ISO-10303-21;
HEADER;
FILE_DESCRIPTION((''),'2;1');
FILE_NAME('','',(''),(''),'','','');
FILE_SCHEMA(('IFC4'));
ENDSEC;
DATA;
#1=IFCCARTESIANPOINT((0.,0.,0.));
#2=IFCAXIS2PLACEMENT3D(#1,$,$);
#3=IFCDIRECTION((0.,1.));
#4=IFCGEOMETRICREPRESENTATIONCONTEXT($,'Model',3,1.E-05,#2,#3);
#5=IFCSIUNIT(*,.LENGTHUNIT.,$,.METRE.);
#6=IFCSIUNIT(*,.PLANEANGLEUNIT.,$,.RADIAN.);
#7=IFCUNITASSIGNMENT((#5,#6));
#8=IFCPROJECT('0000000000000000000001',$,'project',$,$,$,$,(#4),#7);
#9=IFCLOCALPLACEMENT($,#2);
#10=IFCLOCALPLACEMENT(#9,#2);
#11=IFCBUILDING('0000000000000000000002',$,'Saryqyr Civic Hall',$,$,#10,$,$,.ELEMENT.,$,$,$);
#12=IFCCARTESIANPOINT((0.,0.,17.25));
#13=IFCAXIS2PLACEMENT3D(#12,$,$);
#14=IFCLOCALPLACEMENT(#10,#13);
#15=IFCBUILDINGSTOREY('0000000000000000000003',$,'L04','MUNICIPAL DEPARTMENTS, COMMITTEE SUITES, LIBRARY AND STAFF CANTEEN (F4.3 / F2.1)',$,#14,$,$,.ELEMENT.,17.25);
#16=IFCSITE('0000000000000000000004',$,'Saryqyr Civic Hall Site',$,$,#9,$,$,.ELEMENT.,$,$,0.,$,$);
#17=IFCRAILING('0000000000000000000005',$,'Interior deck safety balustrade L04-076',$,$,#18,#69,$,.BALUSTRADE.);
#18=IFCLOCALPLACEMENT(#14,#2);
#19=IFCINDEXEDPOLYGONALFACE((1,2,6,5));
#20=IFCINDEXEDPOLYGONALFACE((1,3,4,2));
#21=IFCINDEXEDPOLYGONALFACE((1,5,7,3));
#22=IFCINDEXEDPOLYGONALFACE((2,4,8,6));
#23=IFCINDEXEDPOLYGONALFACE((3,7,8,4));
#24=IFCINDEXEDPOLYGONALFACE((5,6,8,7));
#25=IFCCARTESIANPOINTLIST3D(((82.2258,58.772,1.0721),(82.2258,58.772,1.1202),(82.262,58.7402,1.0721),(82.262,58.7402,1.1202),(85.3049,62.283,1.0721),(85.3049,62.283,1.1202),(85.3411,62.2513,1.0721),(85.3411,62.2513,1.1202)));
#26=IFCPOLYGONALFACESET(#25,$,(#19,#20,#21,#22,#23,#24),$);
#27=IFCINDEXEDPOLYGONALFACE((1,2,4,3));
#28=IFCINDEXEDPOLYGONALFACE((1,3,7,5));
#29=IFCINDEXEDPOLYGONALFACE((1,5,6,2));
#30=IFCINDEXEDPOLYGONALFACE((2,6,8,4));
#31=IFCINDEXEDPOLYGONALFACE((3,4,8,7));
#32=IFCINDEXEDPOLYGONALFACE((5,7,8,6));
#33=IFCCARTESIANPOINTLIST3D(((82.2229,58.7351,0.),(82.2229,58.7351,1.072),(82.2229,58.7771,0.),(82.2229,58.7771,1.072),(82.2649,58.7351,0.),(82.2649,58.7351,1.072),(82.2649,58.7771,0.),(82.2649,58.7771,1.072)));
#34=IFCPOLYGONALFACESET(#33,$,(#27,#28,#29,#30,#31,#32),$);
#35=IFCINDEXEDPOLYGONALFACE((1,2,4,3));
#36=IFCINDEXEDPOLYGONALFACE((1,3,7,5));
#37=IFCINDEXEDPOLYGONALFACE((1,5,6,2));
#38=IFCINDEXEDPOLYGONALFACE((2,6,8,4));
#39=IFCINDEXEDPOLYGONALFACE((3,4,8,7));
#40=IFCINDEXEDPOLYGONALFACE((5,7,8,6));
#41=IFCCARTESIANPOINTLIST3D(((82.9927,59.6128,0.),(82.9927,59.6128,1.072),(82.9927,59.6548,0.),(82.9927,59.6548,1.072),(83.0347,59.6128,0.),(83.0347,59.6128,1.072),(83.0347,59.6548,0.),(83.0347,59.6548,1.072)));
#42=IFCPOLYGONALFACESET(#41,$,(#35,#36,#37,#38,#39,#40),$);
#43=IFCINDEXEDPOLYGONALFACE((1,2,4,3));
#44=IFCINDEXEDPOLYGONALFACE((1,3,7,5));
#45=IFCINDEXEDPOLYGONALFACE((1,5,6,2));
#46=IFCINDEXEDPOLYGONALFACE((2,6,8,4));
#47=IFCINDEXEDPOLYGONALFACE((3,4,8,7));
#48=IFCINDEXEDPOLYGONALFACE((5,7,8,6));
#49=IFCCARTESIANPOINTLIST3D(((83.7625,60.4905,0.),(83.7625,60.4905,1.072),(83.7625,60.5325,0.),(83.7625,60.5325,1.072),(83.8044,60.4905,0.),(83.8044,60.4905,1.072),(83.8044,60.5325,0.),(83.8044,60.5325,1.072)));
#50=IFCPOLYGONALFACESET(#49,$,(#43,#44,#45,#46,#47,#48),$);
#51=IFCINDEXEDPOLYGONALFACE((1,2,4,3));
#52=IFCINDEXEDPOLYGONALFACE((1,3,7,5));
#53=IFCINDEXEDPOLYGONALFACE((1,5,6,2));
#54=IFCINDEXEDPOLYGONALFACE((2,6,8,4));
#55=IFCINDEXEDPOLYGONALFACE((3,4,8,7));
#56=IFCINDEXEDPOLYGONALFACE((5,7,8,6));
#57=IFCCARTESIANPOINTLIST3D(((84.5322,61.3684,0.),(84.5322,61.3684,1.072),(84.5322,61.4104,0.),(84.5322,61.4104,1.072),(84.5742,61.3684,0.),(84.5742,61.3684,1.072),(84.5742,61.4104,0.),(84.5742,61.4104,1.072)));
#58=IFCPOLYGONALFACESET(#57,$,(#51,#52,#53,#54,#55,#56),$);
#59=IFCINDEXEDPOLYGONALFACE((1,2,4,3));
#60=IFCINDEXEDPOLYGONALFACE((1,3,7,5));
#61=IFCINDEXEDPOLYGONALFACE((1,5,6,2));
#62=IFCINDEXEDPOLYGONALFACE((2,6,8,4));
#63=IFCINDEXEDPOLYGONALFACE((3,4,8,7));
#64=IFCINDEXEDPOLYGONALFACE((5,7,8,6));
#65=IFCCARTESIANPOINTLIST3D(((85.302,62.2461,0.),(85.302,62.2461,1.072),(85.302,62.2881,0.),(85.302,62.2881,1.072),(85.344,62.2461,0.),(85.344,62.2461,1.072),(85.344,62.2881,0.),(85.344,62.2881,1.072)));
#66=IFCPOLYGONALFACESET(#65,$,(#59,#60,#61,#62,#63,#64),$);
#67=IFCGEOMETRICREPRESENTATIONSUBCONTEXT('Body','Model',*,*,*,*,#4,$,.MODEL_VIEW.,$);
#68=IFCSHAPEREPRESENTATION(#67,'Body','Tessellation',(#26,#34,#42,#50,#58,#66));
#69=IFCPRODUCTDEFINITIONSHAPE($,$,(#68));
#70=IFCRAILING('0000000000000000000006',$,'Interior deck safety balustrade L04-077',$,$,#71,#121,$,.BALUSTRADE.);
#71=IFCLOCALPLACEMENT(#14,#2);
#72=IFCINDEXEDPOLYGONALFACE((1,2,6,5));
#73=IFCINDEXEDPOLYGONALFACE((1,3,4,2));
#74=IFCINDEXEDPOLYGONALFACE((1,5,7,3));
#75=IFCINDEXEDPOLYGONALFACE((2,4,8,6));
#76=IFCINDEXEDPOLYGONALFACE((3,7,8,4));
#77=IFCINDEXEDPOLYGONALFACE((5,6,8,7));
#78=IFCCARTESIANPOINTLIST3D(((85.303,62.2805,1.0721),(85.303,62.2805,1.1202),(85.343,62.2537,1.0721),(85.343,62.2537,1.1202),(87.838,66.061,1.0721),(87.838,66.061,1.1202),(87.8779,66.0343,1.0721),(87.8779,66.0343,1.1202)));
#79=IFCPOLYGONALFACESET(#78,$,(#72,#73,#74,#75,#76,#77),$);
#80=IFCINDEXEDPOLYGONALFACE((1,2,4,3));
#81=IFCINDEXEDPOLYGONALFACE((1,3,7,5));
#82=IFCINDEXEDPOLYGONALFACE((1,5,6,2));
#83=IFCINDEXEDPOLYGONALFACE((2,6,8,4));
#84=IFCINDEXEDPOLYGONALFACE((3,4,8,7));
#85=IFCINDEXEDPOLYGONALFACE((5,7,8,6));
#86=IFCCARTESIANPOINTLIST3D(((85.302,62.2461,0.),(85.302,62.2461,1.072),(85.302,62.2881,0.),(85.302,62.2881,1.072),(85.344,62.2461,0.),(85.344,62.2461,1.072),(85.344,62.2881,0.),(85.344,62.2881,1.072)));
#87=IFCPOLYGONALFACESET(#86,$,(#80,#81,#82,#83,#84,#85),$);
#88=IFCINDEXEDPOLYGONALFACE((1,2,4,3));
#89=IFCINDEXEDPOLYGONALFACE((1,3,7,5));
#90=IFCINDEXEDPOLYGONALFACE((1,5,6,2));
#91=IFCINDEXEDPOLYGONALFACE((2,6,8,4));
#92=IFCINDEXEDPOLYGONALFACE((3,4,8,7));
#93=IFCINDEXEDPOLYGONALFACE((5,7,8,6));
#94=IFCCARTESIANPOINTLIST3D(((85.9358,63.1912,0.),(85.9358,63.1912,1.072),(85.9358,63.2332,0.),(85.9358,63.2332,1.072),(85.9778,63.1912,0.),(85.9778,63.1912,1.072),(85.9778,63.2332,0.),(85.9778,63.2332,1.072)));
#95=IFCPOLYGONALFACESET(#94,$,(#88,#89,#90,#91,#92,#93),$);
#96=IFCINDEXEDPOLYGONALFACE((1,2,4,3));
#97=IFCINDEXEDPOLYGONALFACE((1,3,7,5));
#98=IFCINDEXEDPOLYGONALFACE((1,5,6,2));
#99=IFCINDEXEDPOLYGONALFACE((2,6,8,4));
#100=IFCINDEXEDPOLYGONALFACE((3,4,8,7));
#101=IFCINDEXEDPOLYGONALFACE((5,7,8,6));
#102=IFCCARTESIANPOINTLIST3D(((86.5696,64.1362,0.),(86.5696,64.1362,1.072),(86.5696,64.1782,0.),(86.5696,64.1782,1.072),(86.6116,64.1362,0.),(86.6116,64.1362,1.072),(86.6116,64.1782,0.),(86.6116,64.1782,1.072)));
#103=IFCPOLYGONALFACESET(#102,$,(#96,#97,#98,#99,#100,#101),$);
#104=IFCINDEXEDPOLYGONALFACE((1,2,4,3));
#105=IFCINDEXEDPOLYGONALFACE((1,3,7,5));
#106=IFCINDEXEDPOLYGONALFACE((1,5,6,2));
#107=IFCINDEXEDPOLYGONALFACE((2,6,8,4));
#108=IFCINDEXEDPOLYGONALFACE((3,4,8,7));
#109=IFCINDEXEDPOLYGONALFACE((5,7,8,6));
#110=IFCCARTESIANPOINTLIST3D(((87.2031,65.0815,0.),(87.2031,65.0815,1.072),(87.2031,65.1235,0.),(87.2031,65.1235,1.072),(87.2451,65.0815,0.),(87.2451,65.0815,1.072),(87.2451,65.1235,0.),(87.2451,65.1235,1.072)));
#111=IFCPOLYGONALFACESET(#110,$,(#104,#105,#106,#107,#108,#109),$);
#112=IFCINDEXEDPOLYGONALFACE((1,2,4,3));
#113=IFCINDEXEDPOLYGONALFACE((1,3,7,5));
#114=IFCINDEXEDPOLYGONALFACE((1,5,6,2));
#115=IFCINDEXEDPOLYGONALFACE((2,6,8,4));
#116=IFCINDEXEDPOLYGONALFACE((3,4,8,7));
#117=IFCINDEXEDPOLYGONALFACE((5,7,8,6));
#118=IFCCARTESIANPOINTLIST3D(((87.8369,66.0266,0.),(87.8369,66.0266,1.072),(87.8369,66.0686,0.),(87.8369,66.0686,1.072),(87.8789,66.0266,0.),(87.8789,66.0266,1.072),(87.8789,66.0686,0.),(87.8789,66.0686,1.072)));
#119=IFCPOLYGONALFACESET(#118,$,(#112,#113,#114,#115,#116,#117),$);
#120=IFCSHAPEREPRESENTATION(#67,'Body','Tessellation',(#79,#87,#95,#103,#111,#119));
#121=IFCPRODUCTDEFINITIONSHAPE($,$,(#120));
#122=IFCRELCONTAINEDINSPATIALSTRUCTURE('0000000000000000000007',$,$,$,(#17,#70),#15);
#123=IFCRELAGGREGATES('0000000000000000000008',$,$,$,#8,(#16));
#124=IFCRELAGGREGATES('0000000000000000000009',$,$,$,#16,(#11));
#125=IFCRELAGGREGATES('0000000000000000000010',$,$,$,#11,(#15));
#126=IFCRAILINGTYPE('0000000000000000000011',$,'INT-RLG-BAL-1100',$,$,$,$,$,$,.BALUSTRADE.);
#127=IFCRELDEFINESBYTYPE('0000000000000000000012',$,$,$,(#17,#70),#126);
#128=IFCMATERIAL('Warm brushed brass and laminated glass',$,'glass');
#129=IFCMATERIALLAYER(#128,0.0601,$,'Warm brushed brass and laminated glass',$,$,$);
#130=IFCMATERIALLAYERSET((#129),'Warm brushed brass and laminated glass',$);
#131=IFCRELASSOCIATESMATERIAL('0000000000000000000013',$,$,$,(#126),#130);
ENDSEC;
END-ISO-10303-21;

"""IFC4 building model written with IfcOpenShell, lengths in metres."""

from ifc_helpers import new_model, si_unit, direction, frame, origin, origin_2d, place, context, subcontext, project, spatial, rectangle, extrude, material, layer, layer_set, type_object, element, save


model = new_model("IFC4")

# Units and contexts
model_context = context("Model", 3, precision=1e-05, world=origin(), true_north=direction((0.0, 1.0)))
body_context = subcontext(model_context, "Body", "Model", "MODEL_VIEW")
ifc_project = project(units=[si_unit("LENGTHUNIT", "METRE"), si_unit("PLANEANGLEUNIT", "RADIAN")], contexts=[model_context])

# Site, building, storey
site_placement = place(None, origin())
site = spatial("IfcSite", under=ifc_project, at=site_placement, Name="Saryqyr Civic Hall Site", CompositionType="ELEMENT", RefElevation=0.0)
building_placement = place(site_placement, origin())
building = spatial("IfcBuilding", under=site, at=building_placement, Name="Saryqyr Civic Hall", CompositionType="ELEMENT")
storey_placement = place(building_placement, frame((0.0, 0.0, 17.25)))
storey = spatial("IfcBuildingStorey", under=building, at=storey_placement, Name="L04", Description="MUNICIPAL DEPARTMENTS, COMMITTEE SUITES, LIBRARY AND STAFF CANTEEN (F4.3 / F2.1)", CompositionType="ELEMENT", Elevation=17.25)

# Railings
ifc_material_1 = material(Name="Warm brushed brass and laminated glass", Category="glass")
ifc_layer_1 = layer(ifc_material_1, 0.0601, Name="Warm brushed brass and laminated glass")
ifc_layer_set_1 = layer_set([ifc_layer_1], Name="Warm brushed brass and laminated glass")
railing_type_1 = type_object("IfcRailingType", Name="INT-RLG-BAL-1100", PredefinedType="BALUSTRADE", material=ifc_layer_set_1)
railing_1_placement = place(storey_placement, frame((82.2439, 58.7561, 0.0)))
element("IfcRailing", 1, at=railing_1_placement, inside=storey, type_object=railing_type_1, Name="Interior deck safety balustrade L04-076", PredefinedType="BALUSTRADE", context=body_context, shape_type="SweptSolid", body=[
    extrude(rectangle(XDim=0.0481, YDim=0.0481, at=origin_2d()), frame((0.0, 0.0, 1.0962), z_axis=(0.659352, 0.751835, 0.0), x_axis=(-0.751835, 0.659352, 0.0)), (0.0, 0.0, 1.0), 4.6699),
    extrude(rectangle(XDim=0.042, YDim=0.042, at=origin_2d()), origin(), (0.0, 0.0, 1.0), 1.072),
    extrude(rectangle(XDim=0.042, YDim=0.042, at=origin_2d()), frame((0.7698, 0.8777, 0.0)), (0.0, 0.0, 1.0), 1.072),
    extrude(rectangle(XDim=0.042, YDim=0.042, at=origin_2d()), frame((1.5396, 1.7554, 0.0)), (0.0, 0.0, 1.0), 1.072),
    extrude(rectangle(XDim=0.042, YDim=0.042, at=origin_2d()), frame((2.3093, 2.6333, 0.0)), (0.0, 0.0, 1.0), 1.072),
    extrude(rectangle(XDim=0.042, YDim=0.042, at=origin_2d()), frame((3.0791, 3.511, 0.0)), (0.0, 0.0, 1.0), 1.072),
])
railing_2_placement = place(storey_placement, frame((85.323, 62.2671, 0.0)))
element("IfcRailing", 2, at=railing_2_placement, inside=storey, type_object=railing_type_1, Name="Interior deck safety balustrade L04-077", PredefinedType="BALUSTRADE", context=body_context, shape_type="SweptSolid", body=[
    extrude(rectangle(XDim=0.0481, YDim=0.0481, at=origin_2d()), frame((0.0, 0.0, 1.0962), z_axis=(0.556914, 0.83057, 0.0), x_axis=(-0.83057, 0.556914, 0.0)), (0.0, 0.0, 1.0), 4.5518),
    extrude(rectangle(XDim=0.042, YDim=0.042, at=origin_2d()), origin(), (0.0, 0.0, 1.0), 1.072),
    extrude(rectangle(XDim=0.042, YDim=0.042, at=origin_2d()), frame((0.6338, 0.9451, 0.0)), (0.0, 0.0, 1.0), 1.072),
    extrude(rectangle(XDim=0.042, YDim=0.042, at=origin_2d()), frame((1.2676, 1.8901, 0.0)), (0.0, 0.0, 1.0), 1.072),
    extrude(rectangle(XDim=0.042, YDim=0.042, at=origin_2d()), frame((1.9011, 2.8354, 0.0)), (0.0, 0.0, 1.0), 1.072),
    extrude(rectangle(XDim=0.042, YDim=0.042, at=origin_2d()), frame((2.5349, 3.7805, 0.0)), (0.0, 0.0, 1.0), 1.072),
])

save(model, "model.ifc")
